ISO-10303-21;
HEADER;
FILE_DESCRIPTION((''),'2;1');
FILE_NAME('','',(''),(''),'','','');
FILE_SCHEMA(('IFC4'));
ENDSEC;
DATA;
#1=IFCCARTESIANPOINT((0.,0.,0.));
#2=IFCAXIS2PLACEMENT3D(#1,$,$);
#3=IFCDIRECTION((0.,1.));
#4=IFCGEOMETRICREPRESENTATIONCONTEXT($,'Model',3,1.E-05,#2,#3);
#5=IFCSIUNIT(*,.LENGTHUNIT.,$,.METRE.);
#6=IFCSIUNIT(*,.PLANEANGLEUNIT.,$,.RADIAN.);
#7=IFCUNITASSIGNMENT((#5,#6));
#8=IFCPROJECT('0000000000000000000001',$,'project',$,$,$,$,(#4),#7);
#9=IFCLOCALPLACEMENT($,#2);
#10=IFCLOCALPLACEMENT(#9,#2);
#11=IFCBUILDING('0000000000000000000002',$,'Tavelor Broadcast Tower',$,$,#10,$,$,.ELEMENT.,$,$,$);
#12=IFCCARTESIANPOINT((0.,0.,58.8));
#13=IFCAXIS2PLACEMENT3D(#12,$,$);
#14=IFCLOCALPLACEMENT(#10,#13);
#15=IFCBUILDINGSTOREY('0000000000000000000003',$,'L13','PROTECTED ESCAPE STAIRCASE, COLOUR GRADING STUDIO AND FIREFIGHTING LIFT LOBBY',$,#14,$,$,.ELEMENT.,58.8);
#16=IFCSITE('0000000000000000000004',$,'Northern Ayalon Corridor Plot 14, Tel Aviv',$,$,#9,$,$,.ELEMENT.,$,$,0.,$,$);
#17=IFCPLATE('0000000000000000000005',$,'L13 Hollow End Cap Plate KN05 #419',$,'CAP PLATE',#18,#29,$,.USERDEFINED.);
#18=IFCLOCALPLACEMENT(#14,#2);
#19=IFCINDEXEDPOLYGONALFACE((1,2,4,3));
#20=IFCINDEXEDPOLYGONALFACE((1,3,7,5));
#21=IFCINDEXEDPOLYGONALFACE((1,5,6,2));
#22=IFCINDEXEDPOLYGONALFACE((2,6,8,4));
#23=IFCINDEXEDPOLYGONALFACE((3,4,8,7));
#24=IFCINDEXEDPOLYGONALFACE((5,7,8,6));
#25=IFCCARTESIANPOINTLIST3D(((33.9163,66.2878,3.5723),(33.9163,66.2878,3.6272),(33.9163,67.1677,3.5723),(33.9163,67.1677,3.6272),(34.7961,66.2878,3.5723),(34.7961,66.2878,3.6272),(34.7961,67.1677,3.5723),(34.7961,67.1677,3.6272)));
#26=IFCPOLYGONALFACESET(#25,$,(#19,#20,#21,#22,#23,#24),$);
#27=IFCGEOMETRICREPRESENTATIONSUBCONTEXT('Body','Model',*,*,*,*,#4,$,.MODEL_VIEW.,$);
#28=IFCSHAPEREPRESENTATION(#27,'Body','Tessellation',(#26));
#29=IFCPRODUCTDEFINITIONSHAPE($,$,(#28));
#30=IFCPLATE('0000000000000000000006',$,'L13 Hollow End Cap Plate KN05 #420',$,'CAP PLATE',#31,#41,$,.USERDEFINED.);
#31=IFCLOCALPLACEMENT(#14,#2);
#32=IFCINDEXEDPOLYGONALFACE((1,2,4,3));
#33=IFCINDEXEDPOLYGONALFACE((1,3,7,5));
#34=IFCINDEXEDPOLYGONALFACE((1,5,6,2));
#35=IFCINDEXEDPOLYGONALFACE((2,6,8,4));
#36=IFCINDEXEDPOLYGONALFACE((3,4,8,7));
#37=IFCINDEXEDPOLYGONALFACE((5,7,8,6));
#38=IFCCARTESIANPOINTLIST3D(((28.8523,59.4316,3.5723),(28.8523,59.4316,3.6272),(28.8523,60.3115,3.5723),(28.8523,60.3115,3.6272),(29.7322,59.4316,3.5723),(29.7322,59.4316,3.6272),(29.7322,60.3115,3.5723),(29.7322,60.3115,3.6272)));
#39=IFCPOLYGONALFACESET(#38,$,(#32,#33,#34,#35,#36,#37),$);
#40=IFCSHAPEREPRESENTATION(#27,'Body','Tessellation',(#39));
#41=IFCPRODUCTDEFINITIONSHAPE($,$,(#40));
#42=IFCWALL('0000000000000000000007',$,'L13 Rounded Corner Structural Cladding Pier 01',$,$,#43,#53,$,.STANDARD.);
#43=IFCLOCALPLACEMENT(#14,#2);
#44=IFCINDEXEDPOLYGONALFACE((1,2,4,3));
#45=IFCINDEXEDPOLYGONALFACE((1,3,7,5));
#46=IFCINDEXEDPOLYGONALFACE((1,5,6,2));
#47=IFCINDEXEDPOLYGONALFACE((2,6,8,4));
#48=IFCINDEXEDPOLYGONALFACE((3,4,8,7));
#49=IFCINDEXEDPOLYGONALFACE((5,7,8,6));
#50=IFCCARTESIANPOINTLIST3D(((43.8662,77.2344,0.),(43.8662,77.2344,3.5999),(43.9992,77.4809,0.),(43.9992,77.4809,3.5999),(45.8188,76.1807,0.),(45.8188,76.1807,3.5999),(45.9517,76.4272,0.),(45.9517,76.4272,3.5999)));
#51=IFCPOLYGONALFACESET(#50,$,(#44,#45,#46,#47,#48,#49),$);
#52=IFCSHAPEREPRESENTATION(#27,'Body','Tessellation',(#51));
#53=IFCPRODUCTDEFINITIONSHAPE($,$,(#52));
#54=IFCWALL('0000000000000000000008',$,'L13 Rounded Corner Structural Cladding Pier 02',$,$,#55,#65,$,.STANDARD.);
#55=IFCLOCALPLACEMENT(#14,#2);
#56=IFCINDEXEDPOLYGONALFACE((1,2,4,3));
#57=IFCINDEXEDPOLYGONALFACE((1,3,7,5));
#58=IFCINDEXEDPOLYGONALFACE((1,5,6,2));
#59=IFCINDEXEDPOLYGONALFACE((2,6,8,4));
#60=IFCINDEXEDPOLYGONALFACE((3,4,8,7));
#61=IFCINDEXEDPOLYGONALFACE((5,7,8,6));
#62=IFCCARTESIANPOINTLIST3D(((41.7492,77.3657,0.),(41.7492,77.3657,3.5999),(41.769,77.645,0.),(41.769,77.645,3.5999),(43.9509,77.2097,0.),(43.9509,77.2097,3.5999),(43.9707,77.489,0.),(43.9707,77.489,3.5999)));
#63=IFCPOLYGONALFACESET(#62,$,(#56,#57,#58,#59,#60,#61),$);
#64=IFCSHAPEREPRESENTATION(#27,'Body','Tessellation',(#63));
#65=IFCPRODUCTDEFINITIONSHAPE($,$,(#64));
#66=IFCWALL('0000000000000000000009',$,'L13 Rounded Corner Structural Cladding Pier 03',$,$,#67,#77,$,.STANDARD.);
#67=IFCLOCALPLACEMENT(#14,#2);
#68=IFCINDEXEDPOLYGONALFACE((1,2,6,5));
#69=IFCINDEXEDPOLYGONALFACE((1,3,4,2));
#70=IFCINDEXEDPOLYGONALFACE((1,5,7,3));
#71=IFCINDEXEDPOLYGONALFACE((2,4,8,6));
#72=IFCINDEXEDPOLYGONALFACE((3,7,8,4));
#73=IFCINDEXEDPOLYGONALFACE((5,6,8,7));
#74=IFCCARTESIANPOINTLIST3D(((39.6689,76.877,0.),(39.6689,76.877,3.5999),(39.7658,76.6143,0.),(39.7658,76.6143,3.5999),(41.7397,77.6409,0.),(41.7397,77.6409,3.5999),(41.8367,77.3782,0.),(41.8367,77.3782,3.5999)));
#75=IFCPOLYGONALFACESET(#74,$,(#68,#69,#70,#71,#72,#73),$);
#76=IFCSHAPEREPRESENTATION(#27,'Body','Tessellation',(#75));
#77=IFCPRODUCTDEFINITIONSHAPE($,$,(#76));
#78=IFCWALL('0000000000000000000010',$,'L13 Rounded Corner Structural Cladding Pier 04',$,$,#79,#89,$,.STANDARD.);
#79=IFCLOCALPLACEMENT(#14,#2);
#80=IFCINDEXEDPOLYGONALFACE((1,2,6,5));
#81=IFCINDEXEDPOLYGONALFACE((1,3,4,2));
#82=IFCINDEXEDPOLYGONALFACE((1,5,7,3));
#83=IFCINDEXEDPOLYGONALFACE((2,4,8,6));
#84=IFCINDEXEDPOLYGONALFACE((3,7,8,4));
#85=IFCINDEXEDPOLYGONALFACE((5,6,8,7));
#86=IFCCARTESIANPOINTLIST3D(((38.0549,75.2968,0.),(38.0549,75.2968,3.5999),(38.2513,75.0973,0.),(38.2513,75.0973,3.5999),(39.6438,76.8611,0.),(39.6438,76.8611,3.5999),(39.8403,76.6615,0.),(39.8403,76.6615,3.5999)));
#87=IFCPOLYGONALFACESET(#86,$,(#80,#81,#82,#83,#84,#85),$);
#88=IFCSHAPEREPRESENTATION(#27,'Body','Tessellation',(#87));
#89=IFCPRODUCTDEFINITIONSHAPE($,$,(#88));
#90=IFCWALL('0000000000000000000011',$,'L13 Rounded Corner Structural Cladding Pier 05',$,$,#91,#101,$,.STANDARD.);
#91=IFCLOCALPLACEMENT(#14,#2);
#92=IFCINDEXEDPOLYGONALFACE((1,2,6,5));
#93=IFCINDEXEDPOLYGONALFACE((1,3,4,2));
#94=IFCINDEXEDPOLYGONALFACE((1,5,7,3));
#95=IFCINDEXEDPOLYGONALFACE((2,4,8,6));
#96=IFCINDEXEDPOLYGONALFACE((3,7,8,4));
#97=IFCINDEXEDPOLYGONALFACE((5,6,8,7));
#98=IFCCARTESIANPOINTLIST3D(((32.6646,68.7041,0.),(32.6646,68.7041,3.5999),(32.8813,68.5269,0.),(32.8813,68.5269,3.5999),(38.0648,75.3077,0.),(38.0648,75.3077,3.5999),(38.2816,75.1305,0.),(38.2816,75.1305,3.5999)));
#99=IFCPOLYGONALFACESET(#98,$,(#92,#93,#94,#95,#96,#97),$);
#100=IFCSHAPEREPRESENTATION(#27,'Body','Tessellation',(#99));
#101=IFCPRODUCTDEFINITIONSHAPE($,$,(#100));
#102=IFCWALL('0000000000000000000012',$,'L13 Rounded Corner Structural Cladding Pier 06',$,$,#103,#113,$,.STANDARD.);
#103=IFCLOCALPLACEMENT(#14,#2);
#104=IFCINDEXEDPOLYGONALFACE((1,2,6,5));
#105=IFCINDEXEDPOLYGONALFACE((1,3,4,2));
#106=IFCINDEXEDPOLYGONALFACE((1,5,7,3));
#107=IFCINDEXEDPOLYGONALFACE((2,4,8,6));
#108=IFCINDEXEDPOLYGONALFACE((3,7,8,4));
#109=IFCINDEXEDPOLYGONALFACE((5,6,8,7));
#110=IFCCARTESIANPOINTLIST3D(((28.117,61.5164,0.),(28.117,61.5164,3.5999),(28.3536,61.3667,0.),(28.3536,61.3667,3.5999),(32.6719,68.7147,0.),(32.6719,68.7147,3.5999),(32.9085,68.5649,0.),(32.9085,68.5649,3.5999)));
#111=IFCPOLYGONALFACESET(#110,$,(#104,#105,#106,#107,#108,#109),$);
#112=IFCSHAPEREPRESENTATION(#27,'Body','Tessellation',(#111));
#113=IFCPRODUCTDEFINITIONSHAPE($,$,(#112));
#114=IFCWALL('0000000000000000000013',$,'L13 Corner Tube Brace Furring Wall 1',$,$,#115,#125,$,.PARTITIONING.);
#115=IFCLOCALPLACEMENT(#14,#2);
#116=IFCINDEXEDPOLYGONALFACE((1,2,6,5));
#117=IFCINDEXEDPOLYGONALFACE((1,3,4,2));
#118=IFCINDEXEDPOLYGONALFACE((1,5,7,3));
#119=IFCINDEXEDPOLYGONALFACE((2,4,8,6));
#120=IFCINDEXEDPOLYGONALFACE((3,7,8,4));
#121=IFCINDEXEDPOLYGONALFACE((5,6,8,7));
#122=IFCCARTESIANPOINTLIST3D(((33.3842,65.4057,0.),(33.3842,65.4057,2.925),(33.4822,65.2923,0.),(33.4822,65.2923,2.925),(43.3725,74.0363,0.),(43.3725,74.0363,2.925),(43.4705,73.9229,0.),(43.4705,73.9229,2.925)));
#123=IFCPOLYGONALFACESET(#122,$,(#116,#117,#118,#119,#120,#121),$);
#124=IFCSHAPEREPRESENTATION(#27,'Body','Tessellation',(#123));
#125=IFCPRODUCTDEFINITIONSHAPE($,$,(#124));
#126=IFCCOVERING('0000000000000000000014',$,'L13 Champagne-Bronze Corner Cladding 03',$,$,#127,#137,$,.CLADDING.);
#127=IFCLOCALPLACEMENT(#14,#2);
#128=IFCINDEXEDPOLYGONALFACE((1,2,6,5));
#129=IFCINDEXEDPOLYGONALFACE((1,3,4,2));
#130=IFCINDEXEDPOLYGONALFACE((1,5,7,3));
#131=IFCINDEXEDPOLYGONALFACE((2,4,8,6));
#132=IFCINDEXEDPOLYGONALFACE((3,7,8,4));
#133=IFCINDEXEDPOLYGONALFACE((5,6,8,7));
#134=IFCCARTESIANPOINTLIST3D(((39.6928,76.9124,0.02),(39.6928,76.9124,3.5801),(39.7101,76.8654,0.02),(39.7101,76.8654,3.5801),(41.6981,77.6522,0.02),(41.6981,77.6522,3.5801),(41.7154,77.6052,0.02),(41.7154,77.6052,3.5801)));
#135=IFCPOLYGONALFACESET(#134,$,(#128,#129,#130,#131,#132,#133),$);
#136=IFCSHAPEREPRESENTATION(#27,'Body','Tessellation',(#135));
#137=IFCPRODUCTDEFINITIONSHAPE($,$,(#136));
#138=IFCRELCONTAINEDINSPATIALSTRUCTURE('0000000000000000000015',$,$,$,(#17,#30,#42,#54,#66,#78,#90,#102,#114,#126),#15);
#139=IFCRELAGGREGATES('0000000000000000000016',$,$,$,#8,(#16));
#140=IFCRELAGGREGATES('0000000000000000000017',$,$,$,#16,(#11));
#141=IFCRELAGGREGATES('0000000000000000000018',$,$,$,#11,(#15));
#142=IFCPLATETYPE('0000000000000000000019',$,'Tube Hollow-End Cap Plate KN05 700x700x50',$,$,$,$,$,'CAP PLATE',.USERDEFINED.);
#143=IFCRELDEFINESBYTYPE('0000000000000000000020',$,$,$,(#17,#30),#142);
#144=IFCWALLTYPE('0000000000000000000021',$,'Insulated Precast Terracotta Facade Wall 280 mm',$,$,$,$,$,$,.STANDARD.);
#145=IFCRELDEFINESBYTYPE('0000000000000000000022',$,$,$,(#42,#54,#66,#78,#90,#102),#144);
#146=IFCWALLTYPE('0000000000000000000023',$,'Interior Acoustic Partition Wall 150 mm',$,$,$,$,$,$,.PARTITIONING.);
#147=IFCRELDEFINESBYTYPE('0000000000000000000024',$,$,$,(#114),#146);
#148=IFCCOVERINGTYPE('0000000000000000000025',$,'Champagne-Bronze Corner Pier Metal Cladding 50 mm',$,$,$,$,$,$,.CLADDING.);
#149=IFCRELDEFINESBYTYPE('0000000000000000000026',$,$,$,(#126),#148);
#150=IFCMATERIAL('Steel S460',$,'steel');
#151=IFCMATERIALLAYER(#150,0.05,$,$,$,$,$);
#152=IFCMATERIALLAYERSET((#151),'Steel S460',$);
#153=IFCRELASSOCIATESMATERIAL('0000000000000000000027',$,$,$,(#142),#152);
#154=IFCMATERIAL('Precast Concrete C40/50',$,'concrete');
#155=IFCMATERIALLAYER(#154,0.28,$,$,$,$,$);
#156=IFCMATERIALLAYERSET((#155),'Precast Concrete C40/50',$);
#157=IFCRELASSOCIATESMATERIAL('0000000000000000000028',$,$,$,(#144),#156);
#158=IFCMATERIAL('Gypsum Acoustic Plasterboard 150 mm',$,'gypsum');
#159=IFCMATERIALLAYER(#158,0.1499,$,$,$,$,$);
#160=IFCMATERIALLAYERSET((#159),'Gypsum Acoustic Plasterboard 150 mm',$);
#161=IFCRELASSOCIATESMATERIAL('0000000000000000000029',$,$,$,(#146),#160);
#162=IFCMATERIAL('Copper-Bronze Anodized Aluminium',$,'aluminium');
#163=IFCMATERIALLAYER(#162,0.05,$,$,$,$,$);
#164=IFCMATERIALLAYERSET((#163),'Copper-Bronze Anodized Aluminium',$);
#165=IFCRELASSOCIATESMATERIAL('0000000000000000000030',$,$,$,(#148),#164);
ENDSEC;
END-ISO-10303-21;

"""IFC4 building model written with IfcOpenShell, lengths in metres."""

from ifc_helpers import new_model, si_unit, direction, frame, frame_2d, origin, origin_2d, place, context, subcontext, project, spatial, rectangle, extrude, source, transform, mapped, material, layer, layer_set, type_object, element, save


model = new_model("IFC4")

# Units and contexts
model_context = context("Model", 3, precision=1e-05, world=origin(), true_north=direction((0.0, 1.0)))
body_context = subcontext(model_context, "Body", "Model", "MODEL_VIEW")
ifc_project = project(units=[si_unit("LENGTHUNIT", "METRE"), si_unit("PLANEANGLEUNIT", "RADIAN")], contexts=[model_context])

# Site, building, storey
site_placement = place(None, origin())
site = spatial("IfcSite", under=ifc_project, at=site_placement, Name="Northern Ayalon Corridor Plot 14, Tel Aviv", CompositionType="ELEMENT", RefElevation=0.0)
building_placement = place(site_placement, origin())
building = spatial("IfcBuilding", under=site, at=building_placement, Name="Tavelor Broadcast Tower", CompositionType="ELEMENT")
storey_placement = place(building_placement, frame((0.0, 0.0, 58.8)))
storey = spatial("IfcBuildingStorey", under=building, at=storey_placement, Name="L13", Description="PROTECTED ESCAPE STAIRCASE, COLOUR GRADING STUDIO AND FIREFIGHTING LIFT LOBBY", CompositionType="ELEMENT", Elevation=58.8)

# Shared definitions
ifc_material_1 = material(Name="Steel S460", Category="steel")

# Plates
ifc_layer_1 = layer(ifc_material_1, 0.05)
ifc_layer_set_1 = layer_set([ifc_layer_1], Name="Steel S460")
plate_type = type_object("IfcPlateType", Name="Tube Hollow-End Cap Plate KN05 700x700x50", ElementType="CAP PLATE", PredefinedType="USERDEFINED", material=ifc_layer_set_1)
shared_shape_1 = source(origin(), body_context, "Body", "SweptSolid", [
    extrude(rectangle(XDim=0.8799, YDim=0.8799, at=origin_2d()), origin(), (0.0, 0.0, 1.0), 0.0549),
])
for number, where, z_axis, x_axis, name in (
    (1, (34.3562, 66.7278, 3.5723), (0.0, 0.0, 1.0), (1.0, 0.0, 0.0), "L13 Hollow End Cap Plate KN05 #419"),
    (2, (29.2922, 59.8716, 3.5723), (0.0, 0.0, 1.0), (1.0, 0.0, 0.0), "L13 Hollow End Cap Plate KN05 #420"),
):
    element("IfcPlate", number, at=place(storey_placement, frame(where, z_axis=z_axis, x_axis=x_axis)), inside=storey, type_object=plate_type, Name=name, ObjectType="CAP PLATE", PredefinedType="USERDEFINED", context=body_context, shape_type="MappedRepresentation", body=[
        mapped(shared_shape_1, transform((0.0, 0.0, 0.0), scale=1.0)),
    ])

# Walls
ifc_material_2 = material(Name="Precast Concrete C40/50", Category="concrete")
ifc_layer_2 = layer(ifc_material_2, 0.28)
ifc_layer_set_2 = layer_set([ifc_layer_2], Name="Precast Concrete C40/50")
wall_type_1 = type_object("IfcWallType", Name="Insulated Precast Terracotta Facade Wall 280 mm", PredefinedType="STANDARD", material=ifc_layer_set_2)
wall_1_placement = place(storey_placement, frame((45.8853, 76.304, 0.0), z_axis=(0.0, 0.0, 1.0), x_axis=(-0.88004, 0.4749, 0.0)))
element("IfcWall", 3, at=wall_1_placement, inside=storey, type_object=wall_type_1, Name="L13 Rounded Corner Structural Cladding Pier 01", PredefinedType="STANDARD", context=body_context, shape_type="SweptSolid", body=[
    extrude(rectangle(XDim=2.2188, YDim=0.28, at=frame_2d((1.1094, 0.0))), origin(), (0.0, 0.0, 1.0), 3.5999),
])
for number, where, z_axis, x_axis, name in (
    (4, (43.9607, 77.3494, 0.0), (0.0, 0.0, 1.0), (-0.997499, 0.070681, 0.0), "L13 Rounded Corner Structural Cladding Pier 02"),
    (5, (41.7881, 77.5095, 0.0), (0.0, 0.0, 1.0), (-0.938198, -0.3461, 0.0), "L13 Rounded Corner Structural Cladding Pier 03"),
):
    element("IfcWall", number, at=place(storey_placement, frame(where, z_axis=z_axis, x_axis=x_axis)), inside=storey, type_object=wall_type_1, Name=name, PredefinedType="STANDARD", context=body_context, shape_type="SweptSolid", body=[
        extrude(rectangle(XDim=2.2073, YDim=0.28, at=frame_2d((1.1035, 0.0))), origin(), (0.0, 0.0, 1.0), 3.5999),
    ])
wall_2_placement = place(storey_placement, frame((39.7419, 76.7612, 0.0), z_axis=(0.0, 0.0, 1.0), x_axis=(-0.712615, -0.701555, 0.0)))
element("IfcWall", 6, at=wall_2_placement, inside=storey, type_object=wall_type_1, Name="L13 Rounded Corner Structural Cladding Pier 04", PredefinedType="STANDARD", context=body_context, shape_type="SweptSolid", body=[
    extrude(rectangle(XDim=2.2297, YDim=0.28, at=frame_2d((1.1147, 0.0))), origin(), (0.0, 0.0, 1.0), 3.5999),
])
wall_3_placement = place(storey_placement, frame((38.1731, 75.219, 0.0), z_axis=(0.0, 0.0, 1.0), x_axis=(-0.633046, -0.774114, 0.0)))
element("IfcWall", 7, at=wall_3_placement, inside=storey, type_object=wall_type_1, Name="L13 Rounded Corner Structural Cladding Pier 05", PredefinedType="STANDARD", context=body_context, shape_type="SweptSolid", body=[
    extrude(rectangle(XDim=8.5305, YDim=0.28, at=frame_2d((4.2651, 0.0))), origin(), (0.0, 0.0, 1.0), 3.5999),
])
wall_4_placement = place(storey_placement, frame((32.7903, 68.6399, 0.0), z_axis=(0.0, 0.0, 1.0), x_axis=(-0.534721, -0.845029, 0.0)))
element("IfcWall", 8, at=wall_4_placement, inside=storey, type_object=wall_type_1, Name="L13 Rounded Corner Structural Cladding Pier 06", PredefinedType="STANDARD", context=body_context, shape_type="SweptSolid", body=[
    extrude(rectangle(XDim=8.5183, YDim=0.28, at=frame_2d((4.2593, 0.0))), origin(), (0.0, 0.0, 1.0), 3.5999),
])
ifc_material_3 = material(Name="Gypsum Acoustic Plasterboard 150 mm", Category="gypsum")
ifc_layer_3 = layer(ifc_material_3, 0.1499)
ifc_layer_set_3 = layer_set([ifc_layer_3], Name="Gypsum Acoustic Plasterboard 150 mm")
wall_type_2 = type_object("IfcWallType", Name="Interior Acoustic Partition Wall 150 mm", PredefinedType="PARTITIONING", material=ifc_layer_set_3)
wall_5_placement = place(storey_placement, frame((43.4214, 73.9795, 0.0), z_axis=(0.0, 0.0, 1.0), x_axis=(-0.756659, -0.65381, 0.0)))
element("IfcWall", 9, at=wall_5_placement, inside=storey, type_object=wall_type_2, Name="L13 Corner Tube Brace Furring Wall 1", PredefinedType="PARTITIONING", context=body_context, shape_type="SweptSolid", body=[
    extrude(rectangle(XDim=13.2004, YDim=0.1499, at=frame_2d((6.6001, 0.0))), origin(), (0.0, 0.0, 1.0), 2.925),
])

# Covering
ifc_material_4 = material(Name="Copper-Bronze Anodized Aluminium", Category="aluminium")
ifc_layer_4 = layer(ifc_material_4, 0.05)
ifc_layer_set_4 = layer_set([ifc_layer_4], Name="Copper-Bronze Anodized Aluminium")
covering_type = type_object("IfcCoveringType", Name="Champagne-Bronze Corner Pier Metal Cladding 50 mm", PredefinedType="CLADDING", material=ifc_layer_set_4)
covering_placement = place(storey_placement, frame((40.7041, 77.2588, 0.02), z_axis=(0.0, 0.0, 1.0), x_axis=(-0.938191, -0.346117, 0.0)))
element("IfcCovering", 10, at=covering_placement, inside=storey, type_object=covering_type, Name="L13 Champagne-Bronze Corner Cladding 03", PredefinedType="CLADDING", context=body_context, shape_type="SweptSolid", body=[
    extrude(rectangle(XDim=2.1375, YDim=0.05, at=origin_2d()), origin(), (0.0, 0.0, 1.0), 3.5601),
])

save(model, "model.ifc")
